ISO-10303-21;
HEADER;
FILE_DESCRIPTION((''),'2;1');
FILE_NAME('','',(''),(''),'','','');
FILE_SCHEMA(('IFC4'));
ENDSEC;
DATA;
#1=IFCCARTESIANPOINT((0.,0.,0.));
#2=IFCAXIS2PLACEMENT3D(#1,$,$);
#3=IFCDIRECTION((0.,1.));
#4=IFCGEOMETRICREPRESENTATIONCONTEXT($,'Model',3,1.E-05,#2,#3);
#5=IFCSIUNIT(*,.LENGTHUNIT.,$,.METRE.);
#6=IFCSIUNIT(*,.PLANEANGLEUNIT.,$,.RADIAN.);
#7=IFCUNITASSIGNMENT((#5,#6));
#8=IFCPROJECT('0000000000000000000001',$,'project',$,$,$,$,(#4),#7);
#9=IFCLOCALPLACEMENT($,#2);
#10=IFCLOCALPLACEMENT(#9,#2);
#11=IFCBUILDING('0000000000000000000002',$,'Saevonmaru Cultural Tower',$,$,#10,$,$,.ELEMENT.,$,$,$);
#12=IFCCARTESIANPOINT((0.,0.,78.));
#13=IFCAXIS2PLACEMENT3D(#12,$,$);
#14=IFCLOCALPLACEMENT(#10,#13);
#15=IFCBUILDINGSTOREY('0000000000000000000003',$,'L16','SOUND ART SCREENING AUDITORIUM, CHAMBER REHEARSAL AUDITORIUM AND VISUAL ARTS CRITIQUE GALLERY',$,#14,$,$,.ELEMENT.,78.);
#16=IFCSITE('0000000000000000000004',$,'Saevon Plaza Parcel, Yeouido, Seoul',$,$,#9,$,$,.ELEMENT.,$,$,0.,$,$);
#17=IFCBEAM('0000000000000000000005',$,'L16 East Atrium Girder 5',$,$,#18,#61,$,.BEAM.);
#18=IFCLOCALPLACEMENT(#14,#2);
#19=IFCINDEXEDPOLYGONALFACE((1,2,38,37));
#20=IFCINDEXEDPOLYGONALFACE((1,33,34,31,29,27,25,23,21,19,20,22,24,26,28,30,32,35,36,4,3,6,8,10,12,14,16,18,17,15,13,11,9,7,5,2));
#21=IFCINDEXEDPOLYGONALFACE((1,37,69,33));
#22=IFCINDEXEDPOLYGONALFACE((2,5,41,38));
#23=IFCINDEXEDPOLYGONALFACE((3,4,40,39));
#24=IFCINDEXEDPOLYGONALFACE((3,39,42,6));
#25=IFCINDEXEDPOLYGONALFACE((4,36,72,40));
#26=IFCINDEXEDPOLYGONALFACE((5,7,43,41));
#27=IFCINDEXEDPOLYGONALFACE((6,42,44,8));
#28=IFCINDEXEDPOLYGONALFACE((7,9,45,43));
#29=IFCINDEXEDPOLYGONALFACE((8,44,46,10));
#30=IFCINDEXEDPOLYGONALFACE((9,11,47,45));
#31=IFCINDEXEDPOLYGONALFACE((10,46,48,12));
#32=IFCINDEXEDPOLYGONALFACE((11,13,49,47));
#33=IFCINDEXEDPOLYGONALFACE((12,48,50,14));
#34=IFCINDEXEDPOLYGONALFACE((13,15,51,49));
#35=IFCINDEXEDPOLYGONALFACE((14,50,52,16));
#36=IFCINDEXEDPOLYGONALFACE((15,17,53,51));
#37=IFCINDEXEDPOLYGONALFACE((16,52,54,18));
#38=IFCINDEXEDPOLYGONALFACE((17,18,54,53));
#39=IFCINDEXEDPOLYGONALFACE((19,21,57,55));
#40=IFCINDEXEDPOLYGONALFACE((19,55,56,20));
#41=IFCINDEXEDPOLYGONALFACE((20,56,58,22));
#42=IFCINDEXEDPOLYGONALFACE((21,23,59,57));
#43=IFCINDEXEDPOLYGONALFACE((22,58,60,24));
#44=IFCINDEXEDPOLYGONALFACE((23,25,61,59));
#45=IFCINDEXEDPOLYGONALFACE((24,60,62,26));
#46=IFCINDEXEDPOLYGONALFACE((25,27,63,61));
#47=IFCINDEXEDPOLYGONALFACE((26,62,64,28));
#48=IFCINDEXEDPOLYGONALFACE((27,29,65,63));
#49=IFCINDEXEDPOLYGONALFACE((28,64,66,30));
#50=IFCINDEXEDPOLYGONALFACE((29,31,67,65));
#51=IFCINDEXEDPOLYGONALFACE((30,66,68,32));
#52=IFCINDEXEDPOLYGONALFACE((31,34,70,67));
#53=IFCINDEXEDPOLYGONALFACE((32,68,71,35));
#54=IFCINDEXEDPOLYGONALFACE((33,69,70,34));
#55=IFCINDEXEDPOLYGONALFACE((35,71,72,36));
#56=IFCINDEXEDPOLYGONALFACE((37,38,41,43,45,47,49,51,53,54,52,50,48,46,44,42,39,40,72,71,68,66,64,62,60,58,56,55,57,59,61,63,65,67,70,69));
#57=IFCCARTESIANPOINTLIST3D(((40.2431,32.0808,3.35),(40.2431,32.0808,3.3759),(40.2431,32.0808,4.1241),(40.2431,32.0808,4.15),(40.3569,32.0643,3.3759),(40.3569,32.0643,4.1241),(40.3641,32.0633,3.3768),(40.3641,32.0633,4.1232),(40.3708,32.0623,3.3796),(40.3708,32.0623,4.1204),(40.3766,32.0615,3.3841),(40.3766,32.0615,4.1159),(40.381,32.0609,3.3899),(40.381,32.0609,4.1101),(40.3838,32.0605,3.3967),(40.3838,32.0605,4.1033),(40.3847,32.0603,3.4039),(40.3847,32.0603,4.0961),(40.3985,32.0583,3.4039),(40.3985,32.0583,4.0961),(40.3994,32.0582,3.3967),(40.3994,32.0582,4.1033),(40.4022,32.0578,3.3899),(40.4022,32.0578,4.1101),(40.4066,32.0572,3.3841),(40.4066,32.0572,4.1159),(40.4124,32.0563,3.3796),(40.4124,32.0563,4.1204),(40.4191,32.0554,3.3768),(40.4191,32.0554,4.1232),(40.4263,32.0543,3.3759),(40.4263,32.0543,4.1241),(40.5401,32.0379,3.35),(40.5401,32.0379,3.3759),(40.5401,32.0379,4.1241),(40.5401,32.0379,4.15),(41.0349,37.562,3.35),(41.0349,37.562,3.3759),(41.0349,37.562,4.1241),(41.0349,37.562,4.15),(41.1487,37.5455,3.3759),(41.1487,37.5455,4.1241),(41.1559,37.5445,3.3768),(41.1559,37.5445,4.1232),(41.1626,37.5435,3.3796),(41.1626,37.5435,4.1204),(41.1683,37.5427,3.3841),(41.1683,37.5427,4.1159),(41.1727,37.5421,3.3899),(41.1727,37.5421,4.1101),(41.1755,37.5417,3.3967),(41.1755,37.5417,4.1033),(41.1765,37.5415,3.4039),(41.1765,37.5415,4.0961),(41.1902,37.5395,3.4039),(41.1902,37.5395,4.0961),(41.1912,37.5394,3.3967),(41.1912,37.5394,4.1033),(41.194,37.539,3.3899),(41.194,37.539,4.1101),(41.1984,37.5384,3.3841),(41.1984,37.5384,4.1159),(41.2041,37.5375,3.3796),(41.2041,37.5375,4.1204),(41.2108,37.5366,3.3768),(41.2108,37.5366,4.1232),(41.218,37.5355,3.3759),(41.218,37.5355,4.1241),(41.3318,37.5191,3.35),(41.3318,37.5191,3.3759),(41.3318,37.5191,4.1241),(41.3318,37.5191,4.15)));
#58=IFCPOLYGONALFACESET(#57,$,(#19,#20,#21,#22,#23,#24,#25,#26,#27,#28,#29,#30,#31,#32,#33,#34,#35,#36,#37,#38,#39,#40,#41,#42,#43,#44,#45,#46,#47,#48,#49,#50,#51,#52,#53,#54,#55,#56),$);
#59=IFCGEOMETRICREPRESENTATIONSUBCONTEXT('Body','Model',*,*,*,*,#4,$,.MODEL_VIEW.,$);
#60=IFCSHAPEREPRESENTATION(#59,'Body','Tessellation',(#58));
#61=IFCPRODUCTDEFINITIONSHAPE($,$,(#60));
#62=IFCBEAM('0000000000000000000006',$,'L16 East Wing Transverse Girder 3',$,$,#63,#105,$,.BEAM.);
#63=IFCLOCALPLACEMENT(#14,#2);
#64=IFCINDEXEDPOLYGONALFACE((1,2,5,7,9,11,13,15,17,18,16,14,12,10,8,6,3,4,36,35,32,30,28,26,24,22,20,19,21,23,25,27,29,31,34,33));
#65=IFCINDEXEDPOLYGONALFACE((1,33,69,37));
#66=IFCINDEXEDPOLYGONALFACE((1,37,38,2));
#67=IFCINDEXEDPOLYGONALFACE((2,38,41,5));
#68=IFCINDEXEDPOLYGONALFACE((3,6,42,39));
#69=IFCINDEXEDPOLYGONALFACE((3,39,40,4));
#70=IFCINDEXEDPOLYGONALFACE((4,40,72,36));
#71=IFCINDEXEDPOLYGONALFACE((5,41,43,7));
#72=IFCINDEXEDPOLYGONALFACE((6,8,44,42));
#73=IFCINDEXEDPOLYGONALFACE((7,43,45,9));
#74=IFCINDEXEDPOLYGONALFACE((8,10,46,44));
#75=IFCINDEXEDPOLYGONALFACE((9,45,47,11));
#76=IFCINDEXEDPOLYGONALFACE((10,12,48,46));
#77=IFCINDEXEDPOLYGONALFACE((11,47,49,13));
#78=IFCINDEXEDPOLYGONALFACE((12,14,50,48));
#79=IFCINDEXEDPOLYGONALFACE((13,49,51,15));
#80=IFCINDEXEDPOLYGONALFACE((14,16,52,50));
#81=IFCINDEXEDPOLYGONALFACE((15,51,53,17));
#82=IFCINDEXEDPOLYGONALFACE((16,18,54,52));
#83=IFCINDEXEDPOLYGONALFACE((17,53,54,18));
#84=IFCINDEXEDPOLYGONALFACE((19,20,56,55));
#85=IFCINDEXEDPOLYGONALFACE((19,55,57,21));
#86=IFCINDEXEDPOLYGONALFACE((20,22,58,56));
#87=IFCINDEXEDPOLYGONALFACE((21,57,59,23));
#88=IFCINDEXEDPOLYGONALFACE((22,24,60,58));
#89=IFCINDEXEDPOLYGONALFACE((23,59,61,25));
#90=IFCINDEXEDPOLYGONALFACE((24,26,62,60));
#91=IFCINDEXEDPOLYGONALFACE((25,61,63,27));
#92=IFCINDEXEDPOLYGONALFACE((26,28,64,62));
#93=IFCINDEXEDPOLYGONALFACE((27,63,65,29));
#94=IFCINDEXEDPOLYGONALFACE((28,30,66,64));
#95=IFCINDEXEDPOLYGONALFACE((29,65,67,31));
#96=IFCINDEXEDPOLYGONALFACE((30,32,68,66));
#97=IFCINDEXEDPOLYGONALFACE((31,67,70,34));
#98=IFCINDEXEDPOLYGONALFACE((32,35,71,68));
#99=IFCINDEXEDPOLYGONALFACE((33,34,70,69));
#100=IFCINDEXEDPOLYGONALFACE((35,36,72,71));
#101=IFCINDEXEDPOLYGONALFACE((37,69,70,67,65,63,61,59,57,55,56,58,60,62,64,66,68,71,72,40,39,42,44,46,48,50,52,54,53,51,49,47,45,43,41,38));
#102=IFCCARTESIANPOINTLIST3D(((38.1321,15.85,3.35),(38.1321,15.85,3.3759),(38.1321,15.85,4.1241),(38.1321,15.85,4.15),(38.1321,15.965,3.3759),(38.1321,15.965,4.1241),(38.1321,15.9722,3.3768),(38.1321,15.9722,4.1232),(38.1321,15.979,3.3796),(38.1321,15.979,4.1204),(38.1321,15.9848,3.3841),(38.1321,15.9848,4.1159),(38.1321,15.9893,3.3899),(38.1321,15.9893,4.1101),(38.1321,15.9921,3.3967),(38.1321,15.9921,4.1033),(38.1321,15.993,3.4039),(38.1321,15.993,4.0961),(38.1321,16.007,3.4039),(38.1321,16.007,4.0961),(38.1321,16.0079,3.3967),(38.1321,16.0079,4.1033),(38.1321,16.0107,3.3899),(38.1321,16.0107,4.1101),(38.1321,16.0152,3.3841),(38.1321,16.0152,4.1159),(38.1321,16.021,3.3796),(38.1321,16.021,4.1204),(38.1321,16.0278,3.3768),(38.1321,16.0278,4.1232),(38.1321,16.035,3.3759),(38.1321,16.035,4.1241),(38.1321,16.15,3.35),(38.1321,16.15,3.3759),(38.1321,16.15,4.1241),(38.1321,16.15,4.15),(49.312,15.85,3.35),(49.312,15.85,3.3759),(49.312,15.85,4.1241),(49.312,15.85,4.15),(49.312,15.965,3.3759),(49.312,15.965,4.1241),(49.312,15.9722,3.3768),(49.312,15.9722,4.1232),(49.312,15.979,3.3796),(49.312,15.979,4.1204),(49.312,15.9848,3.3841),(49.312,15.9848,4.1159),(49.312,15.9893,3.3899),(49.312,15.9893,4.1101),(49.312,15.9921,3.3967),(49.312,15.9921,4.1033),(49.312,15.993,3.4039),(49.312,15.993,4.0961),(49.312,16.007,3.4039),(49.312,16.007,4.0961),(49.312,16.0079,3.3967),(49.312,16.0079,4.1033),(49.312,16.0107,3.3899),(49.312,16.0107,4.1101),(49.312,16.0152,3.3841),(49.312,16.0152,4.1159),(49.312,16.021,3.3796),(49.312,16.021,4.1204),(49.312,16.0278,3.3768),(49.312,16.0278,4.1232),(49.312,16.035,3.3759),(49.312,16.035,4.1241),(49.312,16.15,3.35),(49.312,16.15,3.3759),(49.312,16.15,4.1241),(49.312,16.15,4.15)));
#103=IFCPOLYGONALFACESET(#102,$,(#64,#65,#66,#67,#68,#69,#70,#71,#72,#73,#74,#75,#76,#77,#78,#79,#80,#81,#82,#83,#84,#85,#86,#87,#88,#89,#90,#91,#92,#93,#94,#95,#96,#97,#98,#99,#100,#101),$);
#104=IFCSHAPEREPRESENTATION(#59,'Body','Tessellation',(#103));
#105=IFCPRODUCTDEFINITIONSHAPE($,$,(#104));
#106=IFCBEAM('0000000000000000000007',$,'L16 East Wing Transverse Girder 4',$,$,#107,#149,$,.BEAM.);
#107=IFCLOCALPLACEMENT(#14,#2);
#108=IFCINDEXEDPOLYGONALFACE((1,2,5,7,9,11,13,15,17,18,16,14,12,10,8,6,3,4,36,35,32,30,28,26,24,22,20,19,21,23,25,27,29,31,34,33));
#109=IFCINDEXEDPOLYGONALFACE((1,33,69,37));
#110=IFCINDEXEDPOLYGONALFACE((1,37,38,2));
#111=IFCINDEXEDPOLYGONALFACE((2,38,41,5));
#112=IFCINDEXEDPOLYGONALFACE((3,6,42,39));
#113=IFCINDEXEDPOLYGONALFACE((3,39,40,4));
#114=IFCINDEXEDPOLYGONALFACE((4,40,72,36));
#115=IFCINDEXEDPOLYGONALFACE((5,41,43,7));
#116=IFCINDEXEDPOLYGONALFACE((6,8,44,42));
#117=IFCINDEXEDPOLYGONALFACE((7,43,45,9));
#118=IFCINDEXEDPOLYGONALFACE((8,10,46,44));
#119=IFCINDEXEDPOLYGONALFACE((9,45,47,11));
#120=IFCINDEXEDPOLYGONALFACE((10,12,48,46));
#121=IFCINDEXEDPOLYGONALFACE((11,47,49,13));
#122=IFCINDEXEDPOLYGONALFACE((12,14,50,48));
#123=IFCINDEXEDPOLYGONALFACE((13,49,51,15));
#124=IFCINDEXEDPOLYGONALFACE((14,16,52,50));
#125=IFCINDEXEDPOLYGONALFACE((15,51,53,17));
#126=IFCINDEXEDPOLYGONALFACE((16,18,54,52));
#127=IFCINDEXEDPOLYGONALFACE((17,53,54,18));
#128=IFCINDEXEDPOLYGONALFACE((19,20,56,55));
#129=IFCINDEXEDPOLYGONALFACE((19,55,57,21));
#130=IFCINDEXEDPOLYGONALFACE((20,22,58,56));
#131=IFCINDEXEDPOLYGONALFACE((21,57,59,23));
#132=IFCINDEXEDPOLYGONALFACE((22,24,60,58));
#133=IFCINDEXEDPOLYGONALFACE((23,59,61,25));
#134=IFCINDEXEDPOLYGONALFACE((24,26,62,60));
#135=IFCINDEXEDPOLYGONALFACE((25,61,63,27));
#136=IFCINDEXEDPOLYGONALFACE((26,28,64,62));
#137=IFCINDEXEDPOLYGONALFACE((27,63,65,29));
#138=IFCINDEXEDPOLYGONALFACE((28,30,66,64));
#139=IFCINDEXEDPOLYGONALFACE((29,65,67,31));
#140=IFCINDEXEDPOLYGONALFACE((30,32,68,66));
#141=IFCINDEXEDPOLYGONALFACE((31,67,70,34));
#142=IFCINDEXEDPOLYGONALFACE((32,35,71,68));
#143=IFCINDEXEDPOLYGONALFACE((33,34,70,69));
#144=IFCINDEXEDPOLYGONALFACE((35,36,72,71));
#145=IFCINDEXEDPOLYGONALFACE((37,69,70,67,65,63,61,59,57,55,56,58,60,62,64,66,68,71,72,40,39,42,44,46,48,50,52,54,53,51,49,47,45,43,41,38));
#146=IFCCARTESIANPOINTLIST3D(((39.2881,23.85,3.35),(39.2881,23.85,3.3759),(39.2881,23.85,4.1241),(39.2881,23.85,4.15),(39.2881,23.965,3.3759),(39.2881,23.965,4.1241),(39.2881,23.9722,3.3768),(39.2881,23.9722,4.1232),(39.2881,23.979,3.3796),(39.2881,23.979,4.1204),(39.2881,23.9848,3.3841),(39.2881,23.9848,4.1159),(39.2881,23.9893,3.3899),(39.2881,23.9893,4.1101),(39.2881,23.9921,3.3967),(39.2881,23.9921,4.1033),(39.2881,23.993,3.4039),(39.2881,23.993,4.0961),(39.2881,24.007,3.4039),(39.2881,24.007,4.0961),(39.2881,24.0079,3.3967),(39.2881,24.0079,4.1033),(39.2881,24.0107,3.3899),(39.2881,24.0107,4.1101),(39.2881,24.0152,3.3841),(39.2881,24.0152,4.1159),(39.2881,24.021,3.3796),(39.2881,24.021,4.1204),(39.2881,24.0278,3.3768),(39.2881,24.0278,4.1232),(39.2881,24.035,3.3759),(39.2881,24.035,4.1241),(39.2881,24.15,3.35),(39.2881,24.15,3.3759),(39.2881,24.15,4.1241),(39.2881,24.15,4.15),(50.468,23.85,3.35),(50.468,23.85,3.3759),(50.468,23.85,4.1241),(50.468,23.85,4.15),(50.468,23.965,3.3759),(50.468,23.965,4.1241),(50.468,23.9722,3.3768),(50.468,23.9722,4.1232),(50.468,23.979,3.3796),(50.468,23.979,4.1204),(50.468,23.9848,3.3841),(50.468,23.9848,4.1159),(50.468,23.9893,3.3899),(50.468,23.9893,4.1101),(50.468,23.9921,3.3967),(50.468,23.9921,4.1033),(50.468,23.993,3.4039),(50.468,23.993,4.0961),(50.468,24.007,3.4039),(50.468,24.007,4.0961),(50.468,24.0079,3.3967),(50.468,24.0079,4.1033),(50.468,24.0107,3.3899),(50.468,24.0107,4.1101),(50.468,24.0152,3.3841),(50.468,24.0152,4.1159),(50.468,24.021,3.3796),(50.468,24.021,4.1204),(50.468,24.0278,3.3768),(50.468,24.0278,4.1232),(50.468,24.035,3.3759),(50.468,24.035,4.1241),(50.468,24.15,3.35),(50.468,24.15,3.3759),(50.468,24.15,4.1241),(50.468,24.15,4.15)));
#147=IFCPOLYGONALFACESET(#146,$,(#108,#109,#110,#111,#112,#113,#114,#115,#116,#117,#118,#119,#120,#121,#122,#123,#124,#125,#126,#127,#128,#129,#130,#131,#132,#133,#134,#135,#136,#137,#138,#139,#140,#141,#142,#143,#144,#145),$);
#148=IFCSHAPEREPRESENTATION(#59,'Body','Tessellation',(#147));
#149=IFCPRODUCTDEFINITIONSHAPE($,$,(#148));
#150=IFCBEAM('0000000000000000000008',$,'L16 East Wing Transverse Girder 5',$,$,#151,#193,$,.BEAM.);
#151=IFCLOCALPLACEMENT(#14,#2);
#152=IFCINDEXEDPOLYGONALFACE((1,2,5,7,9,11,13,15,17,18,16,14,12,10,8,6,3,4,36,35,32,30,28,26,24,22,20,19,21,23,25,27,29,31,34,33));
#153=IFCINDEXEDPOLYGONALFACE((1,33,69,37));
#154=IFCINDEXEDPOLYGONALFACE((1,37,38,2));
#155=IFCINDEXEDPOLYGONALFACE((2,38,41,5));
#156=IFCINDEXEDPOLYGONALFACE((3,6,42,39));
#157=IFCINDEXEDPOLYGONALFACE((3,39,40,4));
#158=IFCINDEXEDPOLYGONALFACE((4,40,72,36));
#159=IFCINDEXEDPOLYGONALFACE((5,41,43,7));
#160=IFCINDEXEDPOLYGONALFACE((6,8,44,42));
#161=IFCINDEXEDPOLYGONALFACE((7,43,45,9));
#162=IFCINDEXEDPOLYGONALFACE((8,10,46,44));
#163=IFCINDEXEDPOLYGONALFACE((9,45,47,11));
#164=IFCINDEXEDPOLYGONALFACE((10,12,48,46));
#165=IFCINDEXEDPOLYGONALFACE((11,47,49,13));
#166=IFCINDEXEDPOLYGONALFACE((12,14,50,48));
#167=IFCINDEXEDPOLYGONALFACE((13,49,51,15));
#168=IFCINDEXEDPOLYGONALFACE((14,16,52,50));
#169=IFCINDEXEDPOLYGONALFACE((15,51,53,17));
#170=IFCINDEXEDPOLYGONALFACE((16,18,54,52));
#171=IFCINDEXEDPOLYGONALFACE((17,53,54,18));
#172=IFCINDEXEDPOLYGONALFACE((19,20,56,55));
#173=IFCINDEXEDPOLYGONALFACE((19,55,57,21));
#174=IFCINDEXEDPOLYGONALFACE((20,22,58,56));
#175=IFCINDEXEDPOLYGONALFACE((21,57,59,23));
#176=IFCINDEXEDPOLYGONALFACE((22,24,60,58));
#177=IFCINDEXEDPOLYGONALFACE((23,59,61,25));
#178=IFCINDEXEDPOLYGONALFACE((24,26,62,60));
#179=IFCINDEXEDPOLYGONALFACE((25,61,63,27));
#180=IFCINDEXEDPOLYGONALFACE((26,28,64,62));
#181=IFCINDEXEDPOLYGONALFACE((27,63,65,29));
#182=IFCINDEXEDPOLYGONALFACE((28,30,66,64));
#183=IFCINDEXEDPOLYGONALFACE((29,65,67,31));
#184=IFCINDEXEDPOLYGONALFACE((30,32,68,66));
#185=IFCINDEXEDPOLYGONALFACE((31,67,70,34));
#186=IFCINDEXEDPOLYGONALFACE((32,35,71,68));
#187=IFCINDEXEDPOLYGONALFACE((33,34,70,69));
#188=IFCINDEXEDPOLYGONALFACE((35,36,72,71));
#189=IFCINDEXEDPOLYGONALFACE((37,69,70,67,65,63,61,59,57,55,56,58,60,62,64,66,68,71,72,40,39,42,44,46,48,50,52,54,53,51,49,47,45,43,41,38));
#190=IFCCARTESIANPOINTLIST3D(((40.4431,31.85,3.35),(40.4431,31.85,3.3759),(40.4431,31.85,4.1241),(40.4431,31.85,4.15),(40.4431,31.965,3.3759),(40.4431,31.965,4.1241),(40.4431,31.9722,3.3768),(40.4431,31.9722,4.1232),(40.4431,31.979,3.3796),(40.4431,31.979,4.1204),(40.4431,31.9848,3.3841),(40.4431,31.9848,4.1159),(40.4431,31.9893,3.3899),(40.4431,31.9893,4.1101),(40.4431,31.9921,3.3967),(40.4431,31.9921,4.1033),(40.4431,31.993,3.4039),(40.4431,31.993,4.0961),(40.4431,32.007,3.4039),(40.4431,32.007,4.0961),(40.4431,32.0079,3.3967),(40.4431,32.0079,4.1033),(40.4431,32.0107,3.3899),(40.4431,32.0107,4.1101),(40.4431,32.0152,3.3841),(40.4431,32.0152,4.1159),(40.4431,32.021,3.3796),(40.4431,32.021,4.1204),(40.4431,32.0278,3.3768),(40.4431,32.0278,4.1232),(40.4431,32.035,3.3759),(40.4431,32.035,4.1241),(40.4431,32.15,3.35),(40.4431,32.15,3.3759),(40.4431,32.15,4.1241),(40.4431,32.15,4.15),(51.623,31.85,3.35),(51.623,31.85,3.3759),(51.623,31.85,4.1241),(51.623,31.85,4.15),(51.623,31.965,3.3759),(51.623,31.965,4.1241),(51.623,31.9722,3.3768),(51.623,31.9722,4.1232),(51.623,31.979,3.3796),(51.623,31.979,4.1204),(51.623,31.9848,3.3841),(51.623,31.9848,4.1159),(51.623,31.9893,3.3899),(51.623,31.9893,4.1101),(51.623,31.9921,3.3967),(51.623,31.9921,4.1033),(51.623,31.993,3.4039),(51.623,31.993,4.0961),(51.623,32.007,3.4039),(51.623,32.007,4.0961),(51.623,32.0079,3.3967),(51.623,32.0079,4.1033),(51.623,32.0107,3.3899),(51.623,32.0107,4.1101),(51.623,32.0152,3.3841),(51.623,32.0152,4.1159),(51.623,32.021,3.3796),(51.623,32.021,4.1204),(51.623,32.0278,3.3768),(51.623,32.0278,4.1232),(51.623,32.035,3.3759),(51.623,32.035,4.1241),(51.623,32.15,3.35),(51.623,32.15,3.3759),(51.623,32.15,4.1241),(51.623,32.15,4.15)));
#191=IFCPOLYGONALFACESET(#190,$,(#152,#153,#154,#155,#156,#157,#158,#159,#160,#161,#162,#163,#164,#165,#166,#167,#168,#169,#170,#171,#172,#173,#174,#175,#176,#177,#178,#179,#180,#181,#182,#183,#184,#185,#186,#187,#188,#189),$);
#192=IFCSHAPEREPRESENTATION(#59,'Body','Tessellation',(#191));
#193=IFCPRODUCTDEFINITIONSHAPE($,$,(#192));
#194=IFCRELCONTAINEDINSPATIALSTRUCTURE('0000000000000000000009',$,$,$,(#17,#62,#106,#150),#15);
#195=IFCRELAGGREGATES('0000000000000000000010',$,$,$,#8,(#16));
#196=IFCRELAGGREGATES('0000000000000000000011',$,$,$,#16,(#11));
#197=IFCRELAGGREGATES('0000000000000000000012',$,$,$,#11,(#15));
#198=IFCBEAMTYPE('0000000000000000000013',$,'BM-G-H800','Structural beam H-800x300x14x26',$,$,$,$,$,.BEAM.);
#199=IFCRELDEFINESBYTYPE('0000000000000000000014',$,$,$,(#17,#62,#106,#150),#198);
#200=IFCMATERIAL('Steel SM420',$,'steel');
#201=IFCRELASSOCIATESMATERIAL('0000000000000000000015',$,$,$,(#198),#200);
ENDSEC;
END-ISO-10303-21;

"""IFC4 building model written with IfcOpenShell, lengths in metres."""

from ifc_helpers import new_model, si_unit, direction, frame, origin, origin_2d, place, context, subcontext, project, spatial, i_section, extrude, material, material_profile, profile_set, type_object, element, save


model = new_model("IFC4")

# Units and contexts
model_context = context("Model", 3, precision=1e-05, world=origin(), true_north=direction((0.0, 1.0)))
body_context = subcontext(model_context, "Body", "Model", "MODEL_VIEW")
ifc_project = project(units=[si_unit("LENGTHUNIT", "METRE"), si_unit("PLANEANGLEUNIT", "RADIAN")], contexts=[model_context])

# Site, building, storey
site_placement = place(None, origin())
site = spatial("IfcSite", under=ifc_project, at=site_placement, Name="Saevon Plaza Parcel, Yeouido, Seoul", CompositionType="ELEMENT", RefElevation=0.0)
building_placement = place(site_placement, origin())
building = spatial("IfcBuilding", under=site, at=building_placement, Name="Saevonmaru Cultural Tower", CompositionType="ELEMENT")
storey_placement = place(building_placement, frame((0.0, 0.0, 78.0)))
storey = spatial("IfcBuildingStorey", under=building, at=storey_placement, Name="L16", Description="SOUND ART SCREENING AUDITORIUM, CHAMBER REHEARSAL AUDITORIUM AND VISUAL ARTS CRITIQUE GALLERY", CompositionType="ELEMENT", Elevation=78.0)

# Shared definitions
ifc_material_1 = material(Name="Steel SM420", Category="steel")

# Beams
ifc_material_profile_1 = material_profile(ifc_material_1, i_section(OverallWidth=0.3, OverallDepth=0.8, WebThickness=0.0139, FlangeThickness=0.0259, FilletRadius=0.0281, at=origin_2d()), Name="H-800x300x14x26")
ifc_profile_set_1 = profile_set([ifc_material_profile_1], Name="Steel SM420")
beam_type_1 = type_object("IfcBeamType", Name="BM-G-H800", Description="Structural beam H-800x300x14x26", PredefinedType="BEAM", material=ifc_profile_set_1)
beam_1_placement = place(storey_placement, frame((40.3916, 32.0593, 3.75), z_axis=(0.142964, 0.989728, 0.0), x_axis=(-0.989728, 0.142964, 0.0)))
element("IfcBeam", 1, at=beam_1_placement, inside=storey, type_object=beam_type_1, Name="L16 East Atrium Girder 5", PredefinedType="BEAM", context=body_context, shape_type="SweptSolid", body=[
    extrude(i_section(OverallWidth=0.3, OverallDepth=0.8, WebThickness=0.0139, FlangeThickness=0.0259, FilletRadius=0.0281, at=origin_2d()), origin(), (0.0, 0.0, 1.0), 5.5381),
])
for number, where, z_axis, x_axis, name in (
    (2, (38.1321, 16.0, 3.75), (1.0, 0.0, 0.0), (0.0, 1.0, 0.0), "L16 East Wing Transverse Girder 3"),
    (3, (39.2881, 24.0, 3.75), (1.0, 0.0, 0.0), (0.0, 1.0, 0.0), "L16 East Wing Transverse Girder 4"),
    (4, (40.4431, 32.0, 3.75), (1.0, 0.0, 0.0), (0.0, 1.0, 0.0), "L16 East Wing Transverse Girder 5"),
):
    element("IfcBeam", number, at=place(storey_placement, frame(where, z_axis=z_axis, x_axis=x_axis)), inside=storey, type_object=beam_type_1, Name=name, PredefinedType="BEAM", context=body_context, shape_type="SweptSolid", body=[
        extrude(i_section(OverallWidth=0.3, OverallDepth=0.8, WebThickness=0.0139, FlangeThickness=0.0259, FilletRadius=0.0281, at=origin_2d()), origin(), (0.0, 0.0, 1.0), 11.1799),
    ])

save(model, "model.ifc")
